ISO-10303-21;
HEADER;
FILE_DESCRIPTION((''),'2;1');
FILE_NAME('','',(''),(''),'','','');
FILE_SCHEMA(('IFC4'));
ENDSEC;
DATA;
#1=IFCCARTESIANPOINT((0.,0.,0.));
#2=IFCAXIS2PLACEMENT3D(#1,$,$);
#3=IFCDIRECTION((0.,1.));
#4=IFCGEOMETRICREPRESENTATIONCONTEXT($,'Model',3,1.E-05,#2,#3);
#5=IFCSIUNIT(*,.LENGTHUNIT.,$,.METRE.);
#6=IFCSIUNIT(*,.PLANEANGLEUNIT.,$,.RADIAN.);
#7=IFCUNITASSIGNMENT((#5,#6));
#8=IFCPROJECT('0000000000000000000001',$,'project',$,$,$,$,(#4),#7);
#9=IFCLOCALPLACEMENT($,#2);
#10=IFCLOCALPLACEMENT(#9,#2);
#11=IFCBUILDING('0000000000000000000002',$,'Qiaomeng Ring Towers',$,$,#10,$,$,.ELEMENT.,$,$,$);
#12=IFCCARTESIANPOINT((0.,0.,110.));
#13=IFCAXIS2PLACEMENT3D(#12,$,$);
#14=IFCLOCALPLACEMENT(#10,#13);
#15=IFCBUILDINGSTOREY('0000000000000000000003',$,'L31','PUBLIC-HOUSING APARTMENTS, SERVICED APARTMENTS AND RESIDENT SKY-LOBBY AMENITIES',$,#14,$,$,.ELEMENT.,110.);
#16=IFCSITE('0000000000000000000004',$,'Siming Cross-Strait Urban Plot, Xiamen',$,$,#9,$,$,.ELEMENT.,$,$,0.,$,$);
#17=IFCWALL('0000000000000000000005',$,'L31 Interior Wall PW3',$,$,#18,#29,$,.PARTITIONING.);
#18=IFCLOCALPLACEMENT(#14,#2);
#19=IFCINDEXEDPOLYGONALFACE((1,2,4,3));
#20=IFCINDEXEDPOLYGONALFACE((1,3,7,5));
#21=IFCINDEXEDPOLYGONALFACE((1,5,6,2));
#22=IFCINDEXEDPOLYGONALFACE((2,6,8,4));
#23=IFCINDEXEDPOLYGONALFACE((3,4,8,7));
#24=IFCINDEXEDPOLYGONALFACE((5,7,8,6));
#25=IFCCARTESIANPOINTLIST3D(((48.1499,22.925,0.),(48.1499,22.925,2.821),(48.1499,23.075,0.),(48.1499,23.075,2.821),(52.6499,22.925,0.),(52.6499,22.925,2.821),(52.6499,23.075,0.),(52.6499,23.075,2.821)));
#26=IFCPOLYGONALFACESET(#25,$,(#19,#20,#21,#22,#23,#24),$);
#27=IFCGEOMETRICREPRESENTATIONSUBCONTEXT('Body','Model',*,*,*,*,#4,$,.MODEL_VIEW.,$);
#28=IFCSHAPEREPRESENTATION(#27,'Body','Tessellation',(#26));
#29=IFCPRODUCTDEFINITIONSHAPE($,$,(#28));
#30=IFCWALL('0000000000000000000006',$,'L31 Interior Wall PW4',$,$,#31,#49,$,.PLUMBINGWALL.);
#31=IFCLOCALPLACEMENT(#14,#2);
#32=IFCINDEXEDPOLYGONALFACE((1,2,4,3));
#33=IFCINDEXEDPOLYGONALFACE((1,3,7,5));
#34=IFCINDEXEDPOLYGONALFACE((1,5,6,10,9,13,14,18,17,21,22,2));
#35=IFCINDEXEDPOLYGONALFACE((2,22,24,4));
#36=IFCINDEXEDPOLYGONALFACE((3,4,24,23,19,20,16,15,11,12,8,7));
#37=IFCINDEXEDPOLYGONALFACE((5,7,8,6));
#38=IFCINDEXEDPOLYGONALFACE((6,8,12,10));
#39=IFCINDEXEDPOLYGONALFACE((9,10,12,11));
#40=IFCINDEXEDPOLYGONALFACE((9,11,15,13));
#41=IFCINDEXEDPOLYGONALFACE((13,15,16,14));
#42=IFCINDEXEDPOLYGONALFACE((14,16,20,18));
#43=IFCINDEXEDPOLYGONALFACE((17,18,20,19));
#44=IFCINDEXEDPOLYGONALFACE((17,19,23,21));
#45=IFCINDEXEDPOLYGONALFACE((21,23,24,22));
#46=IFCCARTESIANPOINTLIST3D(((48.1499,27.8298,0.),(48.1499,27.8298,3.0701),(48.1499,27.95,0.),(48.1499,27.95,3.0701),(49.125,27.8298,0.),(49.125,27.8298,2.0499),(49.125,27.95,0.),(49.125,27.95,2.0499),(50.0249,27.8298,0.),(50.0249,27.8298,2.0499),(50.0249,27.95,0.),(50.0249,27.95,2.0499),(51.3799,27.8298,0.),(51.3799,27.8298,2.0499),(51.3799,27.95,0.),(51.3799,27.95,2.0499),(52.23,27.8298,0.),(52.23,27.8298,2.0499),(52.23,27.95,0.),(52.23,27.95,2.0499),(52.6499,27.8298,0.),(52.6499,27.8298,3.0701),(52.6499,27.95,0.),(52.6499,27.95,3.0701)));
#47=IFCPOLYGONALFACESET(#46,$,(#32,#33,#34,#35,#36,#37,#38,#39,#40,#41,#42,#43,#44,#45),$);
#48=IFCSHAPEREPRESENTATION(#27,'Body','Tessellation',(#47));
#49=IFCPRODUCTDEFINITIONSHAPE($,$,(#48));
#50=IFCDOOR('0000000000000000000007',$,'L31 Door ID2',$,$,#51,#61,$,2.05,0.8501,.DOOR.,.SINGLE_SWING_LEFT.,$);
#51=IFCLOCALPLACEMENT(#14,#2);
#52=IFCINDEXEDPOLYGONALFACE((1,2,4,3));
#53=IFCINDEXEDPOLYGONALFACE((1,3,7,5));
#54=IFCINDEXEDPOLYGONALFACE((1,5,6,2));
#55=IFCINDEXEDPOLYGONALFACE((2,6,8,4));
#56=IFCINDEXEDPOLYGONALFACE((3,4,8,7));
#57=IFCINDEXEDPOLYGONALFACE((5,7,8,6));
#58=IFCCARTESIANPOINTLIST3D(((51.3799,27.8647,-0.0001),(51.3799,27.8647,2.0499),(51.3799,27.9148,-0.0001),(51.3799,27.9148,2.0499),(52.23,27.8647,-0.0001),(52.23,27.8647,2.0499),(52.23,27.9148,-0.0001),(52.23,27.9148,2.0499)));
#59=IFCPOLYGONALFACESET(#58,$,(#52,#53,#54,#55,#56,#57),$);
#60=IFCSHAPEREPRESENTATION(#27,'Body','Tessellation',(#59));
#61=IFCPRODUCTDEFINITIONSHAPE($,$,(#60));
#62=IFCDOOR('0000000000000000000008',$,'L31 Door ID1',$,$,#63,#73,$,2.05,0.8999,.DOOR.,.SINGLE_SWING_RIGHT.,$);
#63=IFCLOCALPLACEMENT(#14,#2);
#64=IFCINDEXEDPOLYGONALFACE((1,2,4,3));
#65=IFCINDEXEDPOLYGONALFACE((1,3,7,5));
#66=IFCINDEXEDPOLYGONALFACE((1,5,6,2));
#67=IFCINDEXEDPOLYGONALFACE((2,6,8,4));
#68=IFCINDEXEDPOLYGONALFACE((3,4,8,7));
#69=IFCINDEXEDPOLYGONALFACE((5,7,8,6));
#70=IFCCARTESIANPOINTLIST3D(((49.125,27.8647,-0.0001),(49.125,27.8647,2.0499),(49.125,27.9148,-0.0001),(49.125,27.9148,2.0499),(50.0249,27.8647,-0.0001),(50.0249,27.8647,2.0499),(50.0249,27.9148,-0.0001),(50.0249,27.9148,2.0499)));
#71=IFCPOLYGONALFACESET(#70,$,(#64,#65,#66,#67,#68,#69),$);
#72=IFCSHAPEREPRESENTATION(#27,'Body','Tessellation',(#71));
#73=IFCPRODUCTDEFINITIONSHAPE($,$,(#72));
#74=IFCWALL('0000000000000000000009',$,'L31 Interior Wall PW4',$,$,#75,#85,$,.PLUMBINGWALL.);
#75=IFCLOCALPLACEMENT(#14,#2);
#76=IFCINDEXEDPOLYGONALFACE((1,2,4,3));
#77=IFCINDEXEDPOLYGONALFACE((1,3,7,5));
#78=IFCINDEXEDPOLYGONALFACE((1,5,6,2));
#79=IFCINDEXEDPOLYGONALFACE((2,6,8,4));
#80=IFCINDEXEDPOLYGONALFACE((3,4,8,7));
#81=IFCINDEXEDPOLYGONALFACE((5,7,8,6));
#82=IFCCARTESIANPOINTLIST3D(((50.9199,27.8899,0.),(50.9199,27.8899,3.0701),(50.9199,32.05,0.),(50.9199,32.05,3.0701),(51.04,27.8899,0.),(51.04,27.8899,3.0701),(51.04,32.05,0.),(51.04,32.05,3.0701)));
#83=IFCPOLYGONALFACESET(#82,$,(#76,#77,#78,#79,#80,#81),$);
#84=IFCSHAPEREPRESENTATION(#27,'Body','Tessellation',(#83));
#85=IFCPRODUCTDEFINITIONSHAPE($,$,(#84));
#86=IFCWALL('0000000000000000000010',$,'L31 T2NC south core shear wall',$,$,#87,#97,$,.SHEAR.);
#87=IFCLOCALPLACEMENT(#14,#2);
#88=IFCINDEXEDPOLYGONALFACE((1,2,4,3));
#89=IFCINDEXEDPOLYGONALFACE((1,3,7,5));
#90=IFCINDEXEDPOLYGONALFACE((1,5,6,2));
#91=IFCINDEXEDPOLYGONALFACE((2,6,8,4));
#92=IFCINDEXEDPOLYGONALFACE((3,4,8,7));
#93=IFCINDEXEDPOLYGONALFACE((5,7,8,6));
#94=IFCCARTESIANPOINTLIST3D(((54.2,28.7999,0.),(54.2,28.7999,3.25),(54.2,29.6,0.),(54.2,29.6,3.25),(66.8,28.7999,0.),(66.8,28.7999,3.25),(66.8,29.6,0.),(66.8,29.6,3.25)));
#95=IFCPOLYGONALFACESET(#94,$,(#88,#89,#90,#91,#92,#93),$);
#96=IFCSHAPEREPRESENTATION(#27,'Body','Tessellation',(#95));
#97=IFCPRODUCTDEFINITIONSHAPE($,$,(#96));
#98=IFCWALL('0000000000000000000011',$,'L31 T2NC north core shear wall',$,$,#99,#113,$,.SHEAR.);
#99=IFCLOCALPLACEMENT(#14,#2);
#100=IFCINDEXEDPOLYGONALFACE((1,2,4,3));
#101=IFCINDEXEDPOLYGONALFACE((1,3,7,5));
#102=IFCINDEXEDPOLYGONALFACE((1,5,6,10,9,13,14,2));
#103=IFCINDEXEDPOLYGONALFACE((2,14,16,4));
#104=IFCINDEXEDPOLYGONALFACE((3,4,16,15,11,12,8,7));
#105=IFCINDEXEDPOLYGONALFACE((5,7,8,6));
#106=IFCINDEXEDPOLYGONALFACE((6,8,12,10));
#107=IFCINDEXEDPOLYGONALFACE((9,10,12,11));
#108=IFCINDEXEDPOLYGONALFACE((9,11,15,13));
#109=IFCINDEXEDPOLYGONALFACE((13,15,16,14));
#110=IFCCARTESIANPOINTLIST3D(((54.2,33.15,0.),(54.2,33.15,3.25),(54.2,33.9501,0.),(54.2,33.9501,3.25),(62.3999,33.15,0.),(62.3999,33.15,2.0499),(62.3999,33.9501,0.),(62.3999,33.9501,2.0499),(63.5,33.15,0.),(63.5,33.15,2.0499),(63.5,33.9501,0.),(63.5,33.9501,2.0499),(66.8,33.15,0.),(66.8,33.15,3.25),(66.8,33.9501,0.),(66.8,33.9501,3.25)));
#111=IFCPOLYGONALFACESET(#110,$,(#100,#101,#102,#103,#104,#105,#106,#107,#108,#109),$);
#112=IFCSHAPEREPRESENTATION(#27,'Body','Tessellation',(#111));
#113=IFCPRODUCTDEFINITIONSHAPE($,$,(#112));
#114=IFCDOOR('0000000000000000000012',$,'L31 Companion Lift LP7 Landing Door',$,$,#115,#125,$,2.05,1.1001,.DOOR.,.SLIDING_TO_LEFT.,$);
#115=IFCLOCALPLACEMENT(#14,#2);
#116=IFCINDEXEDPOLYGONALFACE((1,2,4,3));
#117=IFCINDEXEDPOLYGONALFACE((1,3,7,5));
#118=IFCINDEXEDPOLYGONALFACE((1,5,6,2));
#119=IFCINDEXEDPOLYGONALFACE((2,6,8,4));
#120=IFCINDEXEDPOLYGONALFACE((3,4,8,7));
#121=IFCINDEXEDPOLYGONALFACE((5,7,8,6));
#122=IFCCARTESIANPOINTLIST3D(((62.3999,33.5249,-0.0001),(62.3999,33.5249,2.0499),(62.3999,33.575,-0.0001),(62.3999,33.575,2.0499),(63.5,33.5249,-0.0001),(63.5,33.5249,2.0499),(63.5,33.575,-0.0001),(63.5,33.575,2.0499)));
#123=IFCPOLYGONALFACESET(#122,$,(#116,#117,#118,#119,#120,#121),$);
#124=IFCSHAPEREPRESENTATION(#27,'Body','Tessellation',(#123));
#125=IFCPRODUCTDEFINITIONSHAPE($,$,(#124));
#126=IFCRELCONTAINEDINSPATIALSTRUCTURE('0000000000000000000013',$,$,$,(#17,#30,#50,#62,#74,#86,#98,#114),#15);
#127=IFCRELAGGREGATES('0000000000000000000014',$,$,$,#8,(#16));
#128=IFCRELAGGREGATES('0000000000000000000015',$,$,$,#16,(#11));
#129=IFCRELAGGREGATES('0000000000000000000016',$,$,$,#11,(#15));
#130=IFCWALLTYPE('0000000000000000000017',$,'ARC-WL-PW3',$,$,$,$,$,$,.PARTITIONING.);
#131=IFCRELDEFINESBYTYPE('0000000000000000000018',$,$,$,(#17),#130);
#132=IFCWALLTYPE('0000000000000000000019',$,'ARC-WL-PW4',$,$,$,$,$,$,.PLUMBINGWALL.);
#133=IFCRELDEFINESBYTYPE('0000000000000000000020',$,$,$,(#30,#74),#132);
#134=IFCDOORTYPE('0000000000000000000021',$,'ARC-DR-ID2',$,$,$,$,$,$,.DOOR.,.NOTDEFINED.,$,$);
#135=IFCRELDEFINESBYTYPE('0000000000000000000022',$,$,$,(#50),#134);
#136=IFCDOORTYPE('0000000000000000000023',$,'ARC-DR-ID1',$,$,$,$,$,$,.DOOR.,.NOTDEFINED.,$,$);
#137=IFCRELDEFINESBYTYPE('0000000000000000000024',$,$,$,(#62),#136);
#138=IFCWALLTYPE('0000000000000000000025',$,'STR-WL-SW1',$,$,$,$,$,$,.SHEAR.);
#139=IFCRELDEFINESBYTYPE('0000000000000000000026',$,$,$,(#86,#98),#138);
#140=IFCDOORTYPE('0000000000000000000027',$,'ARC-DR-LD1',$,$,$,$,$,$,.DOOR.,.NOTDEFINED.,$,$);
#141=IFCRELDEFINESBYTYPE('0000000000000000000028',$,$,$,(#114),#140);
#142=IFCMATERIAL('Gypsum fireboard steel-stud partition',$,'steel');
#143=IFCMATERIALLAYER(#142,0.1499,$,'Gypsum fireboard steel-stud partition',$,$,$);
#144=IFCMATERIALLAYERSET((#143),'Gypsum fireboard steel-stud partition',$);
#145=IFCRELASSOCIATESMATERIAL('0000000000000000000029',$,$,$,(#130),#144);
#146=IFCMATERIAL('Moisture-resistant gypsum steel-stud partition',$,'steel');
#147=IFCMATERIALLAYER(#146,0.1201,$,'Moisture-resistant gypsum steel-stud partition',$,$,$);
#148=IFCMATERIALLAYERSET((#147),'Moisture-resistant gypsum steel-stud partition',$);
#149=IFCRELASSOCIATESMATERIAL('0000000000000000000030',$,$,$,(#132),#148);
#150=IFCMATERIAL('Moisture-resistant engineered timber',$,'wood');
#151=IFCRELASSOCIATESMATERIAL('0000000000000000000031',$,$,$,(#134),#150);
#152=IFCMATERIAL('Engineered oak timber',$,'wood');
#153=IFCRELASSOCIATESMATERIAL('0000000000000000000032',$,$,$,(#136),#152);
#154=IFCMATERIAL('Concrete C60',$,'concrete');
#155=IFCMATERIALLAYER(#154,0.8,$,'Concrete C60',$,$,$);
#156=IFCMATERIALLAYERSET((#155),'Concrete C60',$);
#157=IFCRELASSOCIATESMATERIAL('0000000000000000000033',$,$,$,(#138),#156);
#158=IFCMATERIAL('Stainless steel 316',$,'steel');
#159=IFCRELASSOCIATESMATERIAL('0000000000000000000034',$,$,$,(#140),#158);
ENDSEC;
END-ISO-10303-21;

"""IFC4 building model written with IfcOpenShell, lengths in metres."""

from ifc_helpers import new_model, si_unit, direction, frame, frame_2d, origin, place, context, subcontext, project, spatial, rectangle, extrude, source, transform, mapped, material, layer, layer_set, type_object, element, fill, save


model = new_model("IFC4")

# Units and contexts
model_context = context("Model", 3, precision=1e-05, world=origin(), true_north=direction((0.0, 1.0)))
body_context = subcontext(model_context, "Body", "Model", "MODEL_VIEW")
ifc_project = project(units=[si_unit("LENGTHUNIT", "METRE"), si_unit("PLANEANGLEUNIT", "RADIAN")], contexts=[model_context])

# Site, building, storey
site_placement = place(None, origin())
site = spatial("IfcSite", under=ifc_project, at=site_placement, Name="Siming Cross-Strait Urban Plot, Xiamen", CompositionType="ELEMENT", RefElevation=0.0)
building_placement = place(site_placement, origin())
building = spatial("IfcBuilding", under=site, at=building_placement, Name="Qiaomeng Ring Towers", CompositionType="ELEMENT")
storey_placement = place(building_placement, frame((0.0, 0.0, 110.0)))
storey = spatial("IfcBuildingStorey", under=building, at=storey_placement, Name="L31", Description="PUBLIC-HOUSING APARTMENTS, SERVICED APARTMENTS AND RESIDENT SKY-LOBBY AMENITIES", CompositionType="ELEMENT", Elevation=110.0)

# Wall
ifc_material_1 = material(Name="Gypsum fireboard steel-stud partition", Category="steel")
ifc_layer_1 = layer(ifc_material_1, 0.1499, Name="Gypsum fireboard steel-stud partition")
ifc_layer_set_1 = layer_set([ifc_layer_1], Name="Gypsum fireboard steel-stud partition")
wall_type_1 = type_object("IfcWallType", Name="ARC-WL-PW3", PredefinedType="PARTITIONING", material=ifc_layer_set_1)
wall_1_placement = place(storey_placement, frame((48.1499, 23.0, 0.0), z_axis=(0.0, 0.0, 1.0), x_axis=(1.0, 0.0, 0.0)))
element("IfcWall", 1, at=wall_1_placement, inside=storey, type_object=wall_type_1, Name="L31 Interior Wall PW3", PredefinedType="PARTITIONING", context=body_context, shape_type="SweptSolid", body=[
    extrude(rectangle(XDim=4.5, YDim=0.1499, at=frame_2d((2.25, 0.0))), origin(), (0.0, 0.0, 1.0), 2.821),
])

# Wall, openings, doors
ifc_material_2 = material(Name="Moisture-resistant gypsum steel-stud partition", Category="steel")
ifc_layer_2 = layer(ifc_material_2, 0.1201, Name="Moisture-resistant gypsum steel-stud partition")
ifc_layer_set_2 = layer_set([ifc_layer_2], Name="Moisture-resistant gypsum steel-stud partition")
wall_type_2 = type_object("IfcWallType", Name="ARC-WL-PW4", PredefinedType="PLUMBINGWALL", material=ifc_layer_set_2)
wall_2_placement = place(storey_placement, frame((48.1499, 27.8899, 0.0), z_axis=(0.0, 0.0, 1.0), x_axis=(1.0, 0.0, 0.0)))
wall_2 = element("IfcWall", 2, at=wall_2_placement, inside=storey, type_object=wall_type_2, Name="L31 Interior Wall PW4", PredefinedType="PLUMBINGWALL", context=body_context, shape_type="SweptSolid", body=[
    extrude(rectangle(XDim=4.5, YDim=0.1201, at=frame_2d((2.25, 0.0))), origin(), (0.0, 0.0, 1.0), 3.0701),
])
opening_1_placement = place(wall_2_placement, frame((0.9751, 0.0, 0.0)))
opening_1 = element("IfcOpeningElement", 3, at=opening_1_placement, cuts=wall_2, PredefinedType="OPENING", context=body_context, shape_type="SweptSolid", body=[
    extrude(rectangle(XDim=0.8999, YDim=2.05, at=frame_2d((0.45, 1.0249))), frame((0.0, 0.0701, 0.0), z_axis=(0.0, -1.0, 0.0), x_axis=(1.0, 0.0, 0.0)), (0.0, 0.0, 1.0), 0.1401),
])
opening_2_placement = place(wall_2_placement, frame((3.23, 0.0, 0.0)))
opening_2 = element("IfcOpeningElement", 4, at=opening_2_placement, cuts=wall_2, PredefinedType="OPENING", context=body_context, shape_type="SweptSolid", body=[
    extrude(rectangle(XDim=0.8501, YDim=2.05, at=frame_2d((0.425, 1.0249))), frame((0.0, 0.0701, 0.0), z_axis=(0.0, -1.0, 0.0), x_axis=(1.0, 0.0, 0.0)), (0.0, 0.0, 1.0), 0.1401),
])
ifc_material_3 = material(Name="Moisture-resistant engineered timber", Category="wood")
door_type_1 = type_object("IfcDoorType", Name="ARC-DR-ID2", OperationType="NOTDEFINED", PredefinedType="DOOR", material=ifc_material_3)
shared_shape_1 = source(origin(), body_context, "Body", "SweptSolid", [
    extrude(rectangle(XDim=0.8501, YDim=2.05, at=frame_2d((0.425, 1.0249))), frame((0.0, 0.0249, 0.0), z_axis=(0.0, -1.0, 0.0), x_axis=(1.0, 0.0, 0.0)), (0.0, 0.0, 1.0), 0.05),
])
door_1_placement = place(opening_2_placement, origin())
door_1 = element("IfcDoor", 5, at=door_1_placement, inside=storey, type_object=door_type_1, Name="L31 Door ID2", OperationType="SINGLE_SWING_LEFT", OverallHeight=2.05, OverallWidth=0.8501, PredefinedType="DOOR", context=body_context, shape_type="MappedRepresentation", body=[
    mapped(shared_shape_1, transform((0.0, 0.0, 0.0), x_axis=(1.0, 0.0, 0.0), y_axis=(0.0, 1.0, 0.0), z_axis=(0.0, 0.0, 1.0), scale=1.0)),
])
fill(opening_2, door_1)
ifc_material_4 = material(Name="Engineered oak timber", Category="wood")
door_type_2 = type_object("IfcDoorType", Name="ARC-DR-ID1", OperationType="NOTDEFINED", PredefinedType="DOOR", material=ifc_material_4)
shared_shape_2 = source(origin(), body_context, "Body", "SweptSolid", [
    extrude(rectangle(XDim=0.8999, YDim=2.05, at=frame_2d((0.45, 1.0249))), frame((0.0, 0.0249, 0.0), z_axis=(0.0, -1.0, 0.0), x_axis=(1.0, 0.0, 0.0)), (0.0, 0.0, 1.0), 0.05),
])
door_2_placement = place(opening_1_placement, origin())
door_2 = element("IfcDoor", 6, at=door_2_placement, inside=storey, type_object=door_type_2, Name="L31 Door ID1", OperationType="SINGLE_SWING_RIGHT", OverallHeight=2.05, OverallWidth=0.8999, PredefinedType="DOOR", context=body_context, shape_type="MappedRepresentation", body=[
    mapped(shared_shape_2, transform((0.0, 0.0, 0.0), x_axis=(1.0, 0.0, 0.0), y_axis=(0.0, 1.0, 0.0), z_axis=(0.0, 0.0, 1.0), scale=1.0)),
])
fill(opening_1, door_2)

# Walls
wall_3_placement = place(storey_placement, frame((50.98, 27.8899, 0.0), z_axis=(0.0, 0.0, 1.0), x_axis=(0.0, 1.0, 0.0)))
element("IfcWall", 7, at=wall_3_placement, inside=storey, type_object=wall_type_2, Name="L31 Interior Wall PW4", PredefinedType="PLUMBINGWALL", context=body_context, shape_type="SweptSolid", body=[
    extrude(rectangle(XDim=4.1602, YDim=0.1201, at=frame_2d((2.0801, 0.0))), origin(), (0.0, 0.0, 1.0), 3.0701),
])
ifc_material_5 = material(Name="Concrete C60", Category="concrete")
ifc_layer_3 = layer(ifc_material_5, 0.8, Name="Concrete C60")
ifc_layer_set_3 = layer_set([ifc_layer_3], Name="Concrete C60")
wall_type_3 = type_object("IfcWallType", Name="STR-WL-SW1", PredefinedType="SHEAR", material=ifc_layer_set_3)
wall_4_placement = place(storey_placement, frame((54.2, 29.2, 0.0), z_axis=(0.0, 0.0, 1.0), x_axis=(1.0, 0.0, 0.0)))
element("IfcWall", 8, at=wall_4_placement, inside=storey, type_object=wall_type_3, Name="L31 T2NC south core shear wall", PredefinedType="SHEAR", context=body_context, shape_type="SweptSolid", body=[
    extrude(rectangle(XDim=12.6001, YDim=0.8, at=frame_2d((6.3, 0.0))), origin(), (0.0, 0.0, 1.0), 3.25),
])

# Wall, opening, door
wall_5_placement = place(storey_placement, frame((54.2, 33.55, 0.0), z_axis=(0.0, 0.0, 1.0), x_axis=(1.0, 0.0, 0.0)))
wall_5 = element("IfcWall", 9, at=wall_5_placement, inside=storey, type_object=wall_type_3, Name="L31 T2NC north core shear wall", PredefinedType="SHEAR", context=body_context, shape_type="SweptSolid", body=[
    extrude(rectangle(XDim=12.6001, YDim=0.8, at=frame_2d((6.3, 0.0))), origin(), (0.0, 0.0, 1.0), 3.25),
])
opening_3_placement = place(wall_5_placement, frame((8.2, 0.0, 0.0)))
opening_3 = element("IfcOpeningElement", 10, at=opening_3_placement, cuts=wall_5, PredefinedType="OPENING", context=body_context, shape_type="SweptSolid", body=[
    extrude(rectangle(XDim=1.1001, YDim=2.05, at=frame_2d((0.55, 1.0249))), frame((0.0, 0.4099, 0.0), z_axis=(0.0, -1.0, 0.0), x_axis=(1.0, 0.0, 0.0)), (0.0, 0.0, 1.0), 0.8201),
])
ifc_material_6 = material(Name="Stainless steel 316", Category="steel")
door_type_3 = type_object("IfcDoorType", Name="ARC-DR-LD1", OperationType="NOTDEFINED", PredefinedType="DOOR", material=ifc_material_6)
shared_shape_3 = source(origin(), body_context, "Body", "SweptSolid", [
    extrude(rectangle(XDim=1.1001, YDim=2.05, at=frame_2d((0.55, 1.0249))), frame((0.0, 0.0249, 0.0), z_axis=(0.0, -1.0, 0.0), x_axis=(1.0, 0.0, 0.0)), (0.0, 0.0, 1.0), 0.05),
])
door_3_placement = place(opening_3_placement, origin())
door_3 = element("IfcDoor", 11, at=door_3_placement, inside=storey, type_object=door_type_3, Name="L31 Companion Lift LP7 Landing Door", OperationType="SLIDING_TO_LEFT", OverallHeight=2.05, OverallWidth=1.1001, PredefinedType="DOOR", context=body_context, shape_type="MappedRepresentation", body=[
    mapped(shared_shape_3, transform((0.0, 0.0, 0.0), x_axis=(1.0, 0.0, 0.0), y_axis=(0.0, 1.0, 0.0), z_axis=(0.0, 0.0, 1.0), scale=1.0)),
])
fill(opening_3, door_3)

save(model, "model.ifc")
